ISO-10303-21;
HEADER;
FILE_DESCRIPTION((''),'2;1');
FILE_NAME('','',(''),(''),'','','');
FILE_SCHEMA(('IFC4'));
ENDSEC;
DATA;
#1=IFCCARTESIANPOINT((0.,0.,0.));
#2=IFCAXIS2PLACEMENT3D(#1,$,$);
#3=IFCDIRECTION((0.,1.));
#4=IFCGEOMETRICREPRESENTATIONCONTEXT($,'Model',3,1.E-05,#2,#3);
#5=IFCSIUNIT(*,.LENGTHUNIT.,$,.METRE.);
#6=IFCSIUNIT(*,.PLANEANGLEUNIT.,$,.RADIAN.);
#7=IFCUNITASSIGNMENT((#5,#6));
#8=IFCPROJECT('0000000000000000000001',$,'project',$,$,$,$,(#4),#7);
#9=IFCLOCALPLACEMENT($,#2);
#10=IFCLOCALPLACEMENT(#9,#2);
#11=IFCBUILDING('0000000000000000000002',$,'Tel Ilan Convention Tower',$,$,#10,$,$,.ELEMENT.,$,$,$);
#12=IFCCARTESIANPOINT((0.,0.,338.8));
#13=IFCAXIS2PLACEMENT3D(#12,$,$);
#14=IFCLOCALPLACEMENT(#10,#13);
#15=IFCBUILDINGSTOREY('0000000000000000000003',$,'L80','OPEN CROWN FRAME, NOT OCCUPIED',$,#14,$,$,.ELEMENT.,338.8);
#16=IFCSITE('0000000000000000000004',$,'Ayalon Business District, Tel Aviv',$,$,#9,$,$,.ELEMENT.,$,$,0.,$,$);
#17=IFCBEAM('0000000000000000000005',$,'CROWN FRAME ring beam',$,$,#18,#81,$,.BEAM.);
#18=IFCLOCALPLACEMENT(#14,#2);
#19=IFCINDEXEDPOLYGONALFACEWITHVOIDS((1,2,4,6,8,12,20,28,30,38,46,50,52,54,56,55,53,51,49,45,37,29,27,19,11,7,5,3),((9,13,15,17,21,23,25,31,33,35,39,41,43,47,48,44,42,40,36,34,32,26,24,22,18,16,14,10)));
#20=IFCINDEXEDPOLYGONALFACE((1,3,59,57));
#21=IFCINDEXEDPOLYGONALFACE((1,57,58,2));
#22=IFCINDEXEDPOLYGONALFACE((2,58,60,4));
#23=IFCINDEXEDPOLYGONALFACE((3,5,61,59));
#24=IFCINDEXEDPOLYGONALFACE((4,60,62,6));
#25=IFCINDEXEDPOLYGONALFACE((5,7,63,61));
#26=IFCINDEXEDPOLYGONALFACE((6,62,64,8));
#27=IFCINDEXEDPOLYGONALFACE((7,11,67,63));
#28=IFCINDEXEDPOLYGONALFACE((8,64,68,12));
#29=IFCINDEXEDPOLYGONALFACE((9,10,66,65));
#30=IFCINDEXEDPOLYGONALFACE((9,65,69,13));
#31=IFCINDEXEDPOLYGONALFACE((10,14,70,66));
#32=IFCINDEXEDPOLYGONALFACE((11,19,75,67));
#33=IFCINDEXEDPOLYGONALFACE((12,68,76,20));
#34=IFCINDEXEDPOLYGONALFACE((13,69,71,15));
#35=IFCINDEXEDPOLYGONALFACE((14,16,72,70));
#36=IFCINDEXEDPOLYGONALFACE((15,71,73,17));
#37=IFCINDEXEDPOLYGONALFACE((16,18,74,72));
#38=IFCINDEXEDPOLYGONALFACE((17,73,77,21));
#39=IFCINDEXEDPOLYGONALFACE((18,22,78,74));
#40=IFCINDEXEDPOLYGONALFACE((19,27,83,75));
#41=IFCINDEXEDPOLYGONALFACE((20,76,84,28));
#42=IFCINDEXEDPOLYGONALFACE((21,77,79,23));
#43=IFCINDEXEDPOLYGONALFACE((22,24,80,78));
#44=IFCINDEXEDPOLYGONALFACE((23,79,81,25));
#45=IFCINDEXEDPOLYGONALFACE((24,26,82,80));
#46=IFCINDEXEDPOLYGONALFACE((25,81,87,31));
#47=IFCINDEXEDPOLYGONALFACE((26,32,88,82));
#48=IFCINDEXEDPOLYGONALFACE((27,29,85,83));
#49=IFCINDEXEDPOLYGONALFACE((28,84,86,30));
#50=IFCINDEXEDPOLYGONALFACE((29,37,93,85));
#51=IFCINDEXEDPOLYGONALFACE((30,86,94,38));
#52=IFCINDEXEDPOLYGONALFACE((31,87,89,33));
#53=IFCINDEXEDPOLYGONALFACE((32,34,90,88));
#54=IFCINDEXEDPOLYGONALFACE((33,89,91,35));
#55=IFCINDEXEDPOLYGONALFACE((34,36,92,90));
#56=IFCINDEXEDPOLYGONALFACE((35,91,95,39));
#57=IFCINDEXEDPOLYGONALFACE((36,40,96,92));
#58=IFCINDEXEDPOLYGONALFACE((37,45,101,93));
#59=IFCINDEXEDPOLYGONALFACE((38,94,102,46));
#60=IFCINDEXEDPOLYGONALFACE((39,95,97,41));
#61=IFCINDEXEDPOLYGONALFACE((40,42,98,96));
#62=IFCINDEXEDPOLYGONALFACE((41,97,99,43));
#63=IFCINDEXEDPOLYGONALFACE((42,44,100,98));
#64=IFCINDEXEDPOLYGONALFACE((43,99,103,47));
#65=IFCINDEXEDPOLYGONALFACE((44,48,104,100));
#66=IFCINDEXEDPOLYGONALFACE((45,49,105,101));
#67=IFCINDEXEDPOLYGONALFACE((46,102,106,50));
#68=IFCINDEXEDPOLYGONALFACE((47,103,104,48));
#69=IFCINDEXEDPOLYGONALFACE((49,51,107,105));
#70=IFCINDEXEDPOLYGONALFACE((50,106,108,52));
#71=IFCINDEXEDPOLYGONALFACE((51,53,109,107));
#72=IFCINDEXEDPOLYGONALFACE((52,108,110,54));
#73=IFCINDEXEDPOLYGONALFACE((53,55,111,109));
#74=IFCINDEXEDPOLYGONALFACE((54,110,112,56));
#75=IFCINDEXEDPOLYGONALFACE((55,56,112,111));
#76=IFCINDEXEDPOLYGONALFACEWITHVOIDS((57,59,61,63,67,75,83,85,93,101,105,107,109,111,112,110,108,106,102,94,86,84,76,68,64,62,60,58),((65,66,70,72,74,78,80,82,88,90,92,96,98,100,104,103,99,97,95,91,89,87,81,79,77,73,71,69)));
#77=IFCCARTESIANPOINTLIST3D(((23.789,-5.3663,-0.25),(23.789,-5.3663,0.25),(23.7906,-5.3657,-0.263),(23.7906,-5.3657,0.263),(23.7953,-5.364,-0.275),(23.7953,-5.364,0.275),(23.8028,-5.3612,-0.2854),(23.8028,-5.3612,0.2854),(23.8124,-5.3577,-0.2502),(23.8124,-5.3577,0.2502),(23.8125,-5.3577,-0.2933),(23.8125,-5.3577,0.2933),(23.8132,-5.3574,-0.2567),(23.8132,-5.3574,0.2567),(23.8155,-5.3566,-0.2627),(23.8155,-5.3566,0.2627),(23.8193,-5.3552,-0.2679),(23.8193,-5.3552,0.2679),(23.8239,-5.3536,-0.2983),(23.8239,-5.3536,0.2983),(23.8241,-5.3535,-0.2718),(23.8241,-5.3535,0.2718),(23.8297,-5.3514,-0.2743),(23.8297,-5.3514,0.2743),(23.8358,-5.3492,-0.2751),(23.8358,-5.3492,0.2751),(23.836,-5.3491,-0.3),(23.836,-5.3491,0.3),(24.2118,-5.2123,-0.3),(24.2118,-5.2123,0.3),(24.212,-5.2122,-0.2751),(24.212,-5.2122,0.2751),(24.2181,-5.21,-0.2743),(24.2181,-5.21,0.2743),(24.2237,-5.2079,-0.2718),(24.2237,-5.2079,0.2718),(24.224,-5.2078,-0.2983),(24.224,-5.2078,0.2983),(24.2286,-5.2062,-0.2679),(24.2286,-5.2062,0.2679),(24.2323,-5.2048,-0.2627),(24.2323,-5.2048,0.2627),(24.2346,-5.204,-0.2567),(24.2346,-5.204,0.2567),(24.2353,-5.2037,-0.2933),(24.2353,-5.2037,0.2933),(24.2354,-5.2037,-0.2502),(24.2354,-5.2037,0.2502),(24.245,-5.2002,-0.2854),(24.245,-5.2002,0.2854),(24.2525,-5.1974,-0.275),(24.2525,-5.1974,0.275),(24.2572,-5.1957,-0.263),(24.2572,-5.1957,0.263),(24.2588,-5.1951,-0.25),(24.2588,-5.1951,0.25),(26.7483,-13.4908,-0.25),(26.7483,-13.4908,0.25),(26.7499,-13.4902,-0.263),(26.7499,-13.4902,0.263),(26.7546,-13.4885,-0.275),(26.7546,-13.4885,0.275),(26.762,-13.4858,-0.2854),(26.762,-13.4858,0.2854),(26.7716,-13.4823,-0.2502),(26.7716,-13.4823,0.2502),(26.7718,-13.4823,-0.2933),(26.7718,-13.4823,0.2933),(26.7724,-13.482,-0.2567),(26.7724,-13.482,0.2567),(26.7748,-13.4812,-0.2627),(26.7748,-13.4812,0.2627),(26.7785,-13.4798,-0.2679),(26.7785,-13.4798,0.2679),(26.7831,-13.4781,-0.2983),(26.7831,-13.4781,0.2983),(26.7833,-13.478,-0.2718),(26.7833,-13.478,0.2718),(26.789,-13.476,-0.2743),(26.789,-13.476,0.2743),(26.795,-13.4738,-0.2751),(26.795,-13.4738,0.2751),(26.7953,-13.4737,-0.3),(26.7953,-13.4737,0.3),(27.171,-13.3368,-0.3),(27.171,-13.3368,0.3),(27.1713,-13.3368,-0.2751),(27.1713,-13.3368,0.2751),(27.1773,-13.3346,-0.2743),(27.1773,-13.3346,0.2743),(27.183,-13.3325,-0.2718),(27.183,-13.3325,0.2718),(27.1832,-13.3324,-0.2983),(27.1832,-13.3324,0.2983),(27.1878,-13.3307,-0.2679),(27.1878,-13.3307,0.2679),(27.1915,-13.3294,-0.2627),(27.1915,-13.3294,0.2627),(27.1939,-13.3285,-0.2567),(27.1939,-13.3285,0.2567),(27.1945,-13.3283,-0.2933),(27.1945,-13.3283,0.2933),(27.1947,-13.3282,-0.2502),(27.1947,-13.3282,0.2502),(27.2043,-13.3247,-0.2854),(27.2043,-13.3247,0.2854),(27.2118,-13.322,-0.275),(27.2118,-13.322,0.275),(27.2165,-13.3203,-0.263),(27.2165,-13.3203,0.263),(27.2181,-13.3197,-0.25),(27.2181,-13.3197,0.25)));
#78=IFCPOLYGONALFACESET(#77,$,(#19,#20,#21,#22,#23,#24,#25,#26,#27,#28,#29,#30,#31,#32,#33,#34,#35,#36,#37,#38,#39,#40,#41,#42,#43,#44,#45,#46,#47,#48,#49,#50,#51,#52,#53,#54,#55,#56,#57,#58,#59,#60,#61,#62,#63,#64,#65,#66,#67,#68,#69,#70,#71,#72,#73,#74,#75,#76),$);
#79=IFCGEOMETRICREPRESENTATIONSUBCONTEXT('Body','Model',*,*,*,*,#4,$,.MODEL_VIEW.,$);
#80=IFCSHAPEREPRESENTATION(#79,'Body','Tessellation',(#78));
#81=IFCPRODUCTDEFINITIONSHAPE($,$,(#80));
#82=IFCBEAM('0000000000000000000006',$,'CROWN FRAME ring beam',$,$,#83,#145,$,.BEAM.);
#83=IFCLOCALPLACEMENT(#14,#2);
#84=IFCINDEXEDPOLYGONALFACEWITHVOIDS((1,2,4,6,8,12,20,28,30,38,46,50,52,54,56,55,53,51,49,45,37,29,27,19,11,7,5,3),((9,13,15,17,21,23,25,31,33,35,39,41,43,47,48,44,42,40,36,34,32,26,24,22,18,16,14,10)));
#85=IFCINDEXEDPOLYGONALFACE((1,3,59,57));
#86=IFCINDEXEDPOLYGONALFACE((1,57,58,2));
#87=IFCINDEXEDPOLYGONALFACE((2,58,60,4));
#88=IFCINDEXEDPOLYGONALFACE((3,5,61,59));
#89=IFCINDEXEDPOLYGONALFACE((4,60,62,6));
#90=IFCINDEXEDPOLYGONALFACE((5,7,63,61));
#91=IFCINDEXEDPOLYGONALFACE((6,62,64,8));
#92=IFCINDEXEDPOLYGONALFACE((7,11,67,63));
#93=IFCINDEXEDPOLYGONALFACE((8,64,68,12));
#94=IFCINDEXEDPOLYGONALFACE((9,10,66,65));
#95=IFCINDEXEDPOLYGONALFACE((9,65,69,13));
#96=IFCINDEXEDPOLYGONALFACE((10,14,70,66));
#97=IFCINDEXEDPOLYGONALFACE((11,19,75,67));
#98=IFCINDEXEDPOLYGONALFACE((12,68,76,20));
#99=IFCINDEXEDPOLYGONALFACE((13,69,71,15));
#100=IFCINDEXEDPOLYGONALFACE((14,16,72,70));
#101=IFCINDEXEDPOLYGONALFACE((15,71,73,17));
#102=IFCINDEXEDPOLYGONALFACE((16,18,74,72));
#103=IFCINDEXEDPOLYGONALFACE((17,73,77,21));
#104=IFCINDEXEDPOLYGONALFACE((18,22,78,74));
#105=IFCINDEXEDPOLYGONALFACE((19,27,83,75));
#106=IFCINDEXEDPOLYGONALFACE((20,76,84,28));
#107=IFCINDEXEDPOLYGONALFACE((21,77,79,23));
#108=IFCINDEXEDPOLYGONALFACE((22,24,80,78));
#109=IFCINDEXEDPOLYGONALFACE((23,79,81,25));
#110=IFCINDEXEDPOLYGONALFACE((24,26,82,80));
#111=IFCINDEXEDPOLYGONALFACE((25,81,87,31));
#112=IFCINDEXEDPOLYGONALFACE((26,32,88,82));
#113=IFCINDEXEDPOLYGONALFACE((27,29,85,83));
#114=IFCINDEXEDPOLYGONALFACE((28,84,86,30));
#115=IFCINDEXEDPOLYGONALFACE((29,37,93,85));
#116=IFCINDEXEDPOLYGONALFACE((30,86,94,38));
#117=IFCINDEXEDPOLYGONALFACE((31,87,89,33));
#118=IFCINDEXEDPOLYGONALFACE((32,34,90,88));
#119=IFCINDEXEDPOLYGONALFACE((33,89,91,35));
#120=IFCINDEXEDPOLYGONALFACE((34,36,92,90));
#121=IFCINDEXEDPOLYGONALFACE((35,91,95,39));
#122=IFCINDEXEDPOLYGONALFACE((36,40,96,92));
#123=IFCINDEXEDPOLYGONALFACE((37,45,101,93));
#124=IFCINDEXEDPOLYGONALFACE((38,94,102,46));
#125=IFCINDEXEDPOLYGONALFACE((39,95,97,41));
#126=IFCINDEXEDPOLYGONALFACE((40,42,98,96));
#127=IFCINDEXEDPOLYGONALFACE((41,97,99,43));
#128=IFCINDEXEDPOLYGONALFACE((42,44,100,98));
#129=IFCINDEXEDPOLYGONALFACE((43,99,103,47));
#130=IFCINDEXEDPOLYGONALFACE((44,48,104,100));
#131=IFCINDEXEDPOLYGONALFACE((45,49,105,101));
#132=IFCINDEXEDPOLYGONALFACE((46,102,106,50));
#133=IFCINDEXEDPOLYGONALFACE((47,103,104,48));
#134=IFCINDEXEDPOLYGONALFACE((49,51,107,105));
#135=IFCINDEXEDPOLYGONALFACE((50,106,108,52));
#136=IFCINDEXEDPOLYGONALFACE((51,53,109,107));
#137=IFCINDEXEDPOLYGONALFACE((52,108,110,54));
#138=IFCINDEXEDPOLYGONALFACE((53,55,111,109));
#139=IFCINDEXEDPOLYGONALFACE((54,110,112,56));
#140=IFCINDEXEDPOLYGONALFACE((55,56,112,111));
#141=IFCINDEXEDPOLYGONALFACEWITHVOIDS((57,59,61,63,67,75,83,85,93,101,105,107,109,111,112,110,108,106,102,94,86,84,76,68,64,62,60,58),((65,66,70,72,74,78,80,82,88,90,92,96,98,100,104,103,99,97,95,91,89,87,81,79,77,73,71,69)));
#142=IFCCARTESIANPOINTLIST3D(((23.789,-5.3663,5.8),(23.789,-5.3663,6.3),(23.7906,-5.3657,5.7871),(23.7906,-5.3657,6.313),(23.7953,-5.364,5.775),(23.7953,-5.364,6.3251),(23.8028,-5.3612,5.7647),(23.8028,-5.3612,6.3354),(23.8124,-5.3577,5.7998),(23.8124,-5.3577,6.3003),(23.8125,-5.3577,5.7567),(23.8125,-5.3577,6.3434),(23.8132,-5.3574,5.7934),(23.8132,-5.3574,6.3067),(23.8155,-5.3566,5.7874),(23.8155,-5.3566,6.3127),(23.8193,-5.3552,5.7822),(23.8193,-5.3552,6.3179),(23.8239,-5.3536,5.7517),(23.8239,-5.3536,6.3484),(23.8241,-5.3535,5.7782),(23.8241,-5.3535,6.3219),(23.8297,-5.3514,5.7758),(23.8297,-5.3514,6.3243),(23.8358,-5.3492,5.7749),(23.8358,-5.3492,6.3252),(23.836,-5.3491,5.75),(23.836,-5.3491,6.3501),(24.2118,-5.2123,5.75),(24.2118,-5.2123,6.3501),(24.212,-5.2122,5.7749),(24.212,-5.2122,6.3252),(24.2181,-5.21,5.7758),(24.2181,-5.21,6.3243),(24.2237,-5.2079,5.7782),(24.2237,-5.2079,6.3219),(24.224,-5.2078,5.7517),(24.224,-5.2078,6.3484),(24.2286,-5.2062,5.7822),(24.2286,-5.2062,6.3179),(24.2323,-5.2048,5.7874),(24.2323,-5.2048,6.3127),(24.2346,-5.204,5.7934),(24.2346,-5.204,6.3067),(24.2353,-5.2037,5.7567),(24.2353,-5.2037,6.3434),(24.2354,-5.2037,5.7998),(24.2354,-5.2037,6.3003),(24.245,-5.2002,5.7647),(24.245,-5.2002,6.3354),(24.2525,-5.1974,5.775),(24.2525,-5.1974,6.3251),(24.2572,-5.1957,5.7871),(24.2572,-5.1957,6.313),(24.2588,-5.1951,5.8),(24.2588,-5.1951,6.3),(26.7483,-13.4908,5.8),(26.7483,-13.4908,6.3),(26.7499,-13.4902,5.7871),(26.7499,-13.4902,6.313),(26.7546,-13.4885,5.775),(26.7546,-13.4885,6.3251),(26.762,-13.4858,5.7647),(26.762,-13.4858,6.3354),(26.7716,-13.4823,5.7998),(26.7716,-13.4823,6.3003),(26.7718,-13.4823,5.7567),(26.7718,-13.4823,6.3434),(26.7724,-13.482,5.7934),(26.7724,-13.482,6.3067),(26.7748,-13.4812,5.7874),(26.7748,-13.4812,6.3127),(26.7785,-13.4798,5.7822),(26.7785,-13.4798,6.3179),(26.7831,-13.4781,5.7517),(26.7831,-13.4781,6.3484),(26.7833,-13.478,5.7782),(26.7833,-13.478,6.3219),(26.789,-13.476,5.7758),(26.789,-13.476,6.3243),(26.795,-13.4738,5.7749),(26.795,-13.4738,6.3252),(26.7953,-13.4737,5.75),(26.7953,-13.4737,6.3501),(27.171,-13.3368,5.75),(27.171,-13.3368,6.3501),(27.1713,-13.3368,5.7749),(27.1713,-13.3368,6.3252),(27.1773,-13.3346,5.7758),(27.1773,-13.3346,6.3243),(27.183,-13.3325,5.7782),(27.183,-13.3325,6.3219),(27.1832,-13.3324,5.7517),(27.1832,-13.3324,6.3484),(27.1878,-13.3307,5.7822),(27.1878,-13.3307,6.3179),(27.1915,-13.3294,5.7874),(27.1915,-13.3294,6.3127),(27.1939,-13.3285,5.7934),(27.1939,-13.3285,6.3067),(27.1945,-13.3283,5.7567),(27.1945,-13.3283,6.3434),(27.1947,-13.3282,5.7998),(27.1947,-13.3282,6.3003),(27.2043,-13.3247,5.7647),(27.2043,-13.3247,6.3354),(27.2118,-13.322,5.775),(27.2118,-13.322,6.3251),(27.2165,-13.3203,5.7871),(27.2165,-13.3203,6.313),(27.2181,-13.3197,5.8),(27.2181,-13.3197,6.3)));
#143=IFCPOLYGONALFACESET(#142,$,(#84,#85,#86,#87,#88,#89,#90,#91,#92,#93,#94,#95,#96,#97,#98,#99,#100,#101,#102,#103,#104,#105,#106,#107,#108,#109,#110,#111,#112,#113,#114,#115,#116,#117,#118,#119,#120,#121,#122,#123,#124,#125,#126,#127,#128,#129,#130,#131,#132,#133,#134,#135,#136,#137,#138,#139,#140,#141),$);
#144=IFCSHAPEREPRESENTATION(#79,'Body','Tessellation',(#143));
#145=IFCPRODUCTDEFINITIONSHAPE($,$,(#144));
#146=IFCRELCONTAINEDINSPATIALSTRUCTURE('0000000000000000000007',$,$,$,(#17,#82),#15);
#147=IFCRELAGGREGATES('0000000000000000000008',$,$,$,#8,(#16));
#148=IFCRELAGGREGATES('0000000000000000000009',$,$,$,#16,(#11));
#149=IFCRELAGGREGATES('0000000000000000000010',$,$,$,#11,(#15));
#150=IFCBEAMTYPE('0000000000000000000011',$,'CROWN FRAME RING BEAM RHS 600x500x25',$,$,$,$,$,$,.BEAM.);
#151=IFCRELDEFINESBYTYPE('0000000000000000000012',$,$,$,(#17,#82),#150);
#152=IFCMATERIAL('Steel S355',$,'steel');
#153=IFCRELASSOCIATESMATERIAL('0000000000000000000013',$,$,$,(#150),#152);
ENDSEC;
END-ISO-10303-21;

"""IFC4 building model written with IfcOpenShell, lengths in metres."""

from ifc_helpers import new_model, si_unit, direction, frame, origin, origin_2d, place, context, subcontext, project, spatial, hollow_rectangle, extrude, material, material_profile, profile_set, type_object, element, save


model = new_model("IFC4")

# Units and contexts
model_context = context("Model", 3, precision=1e-05, world=origin(), true_north=direction((0.0, 1.0)))
body_context = subcontext(model_context, "Body", "Model", "MODEL_VIEW")
ifc_project = project(units=[si_unit("LENGTHUNIT", "METRE"), si_unit("PLANEANGLEUNIT", "RADIAN")], contexts=[model_context])

# Site, building, storey
site_placement = place(None, origin())
site = spatial("IfcSite", under=ifc_project, at=site_placement, Name="Ayalon Business District, Tel Aviv", CompositionType="ELEMENT", RefElevation=0.0)
building_placement = place(site_placement, origin())
building = spatial("IfcBuilding", under=site, at=building_placement, Name="Tel Ilan Convention Tower", CompositionType="ELEMENT")
storey_placement = place(building_placement, frame((0.0, 0.0, 338.8)))
storey = spatial("IfcBuildingStorey", under=building, at=storey_placement, Name="L80", Description="OPEN CROWN FRAME, NOT OCCUPIED", CompositionType="ELEMENT", Elevation=338.8)

# Beams
ifc_material_1 = material(Name="Steel S355", Category="steel")
ifc_material_profile_1 = material_profile(ifc_material_1, hollow_rectangle(XDim=0.5, YDim=0.6001, WallThickness=0.0249, InnerFilletRadius=0.0249, OuterFilletRadius=0.05, at=origin_2d()), Name="RHS 600x500x25")
ifc_profile_set_1 = profile_set([ifc_material_profile_1], Name="Steel S355")
beam_type = type_object("IfcBeamType", Name="CROWN FRAME RING BEAM RHS 600x500x25", PredefinedType="BEAM", material=ifc_profile_set_1)
for number, where, z_axis, x_axis, name in (
    (1, (26.9832, -13.4053, 0.0), (-0.34224, 0.939613, 0.0), (-0.939613, -0.34224, 0.0), "CROWN FRAME ring beam"),
    (2, (26.9832, -13.4053, 6.05), (-0.34224, 0.939613, 0.0), (-0.939613, -0.34224, 0.0), "CROWN FRAME ring beam"),
):
    element("IfcBeam", number, at=place(storey_placement, frame(where, z_axis=z_axis, x_axis=x_axis)), inside=storey, type_object=beam_type, Name=name, PredefinedType="BEAM", context=body_context, shape_type="SweptSolid", body=[
        extrude(hollow_rectangle(XDim=0.5, YDim=0.6001, WallThickness=0.0249, InnerFilletRadius=0.0249, OuterFilletRadius=0.05, at=origin_2d()), origin(), (0.0, 0.0, 1.0), 8.6467),
    ])

save(model, "model.ifc")
